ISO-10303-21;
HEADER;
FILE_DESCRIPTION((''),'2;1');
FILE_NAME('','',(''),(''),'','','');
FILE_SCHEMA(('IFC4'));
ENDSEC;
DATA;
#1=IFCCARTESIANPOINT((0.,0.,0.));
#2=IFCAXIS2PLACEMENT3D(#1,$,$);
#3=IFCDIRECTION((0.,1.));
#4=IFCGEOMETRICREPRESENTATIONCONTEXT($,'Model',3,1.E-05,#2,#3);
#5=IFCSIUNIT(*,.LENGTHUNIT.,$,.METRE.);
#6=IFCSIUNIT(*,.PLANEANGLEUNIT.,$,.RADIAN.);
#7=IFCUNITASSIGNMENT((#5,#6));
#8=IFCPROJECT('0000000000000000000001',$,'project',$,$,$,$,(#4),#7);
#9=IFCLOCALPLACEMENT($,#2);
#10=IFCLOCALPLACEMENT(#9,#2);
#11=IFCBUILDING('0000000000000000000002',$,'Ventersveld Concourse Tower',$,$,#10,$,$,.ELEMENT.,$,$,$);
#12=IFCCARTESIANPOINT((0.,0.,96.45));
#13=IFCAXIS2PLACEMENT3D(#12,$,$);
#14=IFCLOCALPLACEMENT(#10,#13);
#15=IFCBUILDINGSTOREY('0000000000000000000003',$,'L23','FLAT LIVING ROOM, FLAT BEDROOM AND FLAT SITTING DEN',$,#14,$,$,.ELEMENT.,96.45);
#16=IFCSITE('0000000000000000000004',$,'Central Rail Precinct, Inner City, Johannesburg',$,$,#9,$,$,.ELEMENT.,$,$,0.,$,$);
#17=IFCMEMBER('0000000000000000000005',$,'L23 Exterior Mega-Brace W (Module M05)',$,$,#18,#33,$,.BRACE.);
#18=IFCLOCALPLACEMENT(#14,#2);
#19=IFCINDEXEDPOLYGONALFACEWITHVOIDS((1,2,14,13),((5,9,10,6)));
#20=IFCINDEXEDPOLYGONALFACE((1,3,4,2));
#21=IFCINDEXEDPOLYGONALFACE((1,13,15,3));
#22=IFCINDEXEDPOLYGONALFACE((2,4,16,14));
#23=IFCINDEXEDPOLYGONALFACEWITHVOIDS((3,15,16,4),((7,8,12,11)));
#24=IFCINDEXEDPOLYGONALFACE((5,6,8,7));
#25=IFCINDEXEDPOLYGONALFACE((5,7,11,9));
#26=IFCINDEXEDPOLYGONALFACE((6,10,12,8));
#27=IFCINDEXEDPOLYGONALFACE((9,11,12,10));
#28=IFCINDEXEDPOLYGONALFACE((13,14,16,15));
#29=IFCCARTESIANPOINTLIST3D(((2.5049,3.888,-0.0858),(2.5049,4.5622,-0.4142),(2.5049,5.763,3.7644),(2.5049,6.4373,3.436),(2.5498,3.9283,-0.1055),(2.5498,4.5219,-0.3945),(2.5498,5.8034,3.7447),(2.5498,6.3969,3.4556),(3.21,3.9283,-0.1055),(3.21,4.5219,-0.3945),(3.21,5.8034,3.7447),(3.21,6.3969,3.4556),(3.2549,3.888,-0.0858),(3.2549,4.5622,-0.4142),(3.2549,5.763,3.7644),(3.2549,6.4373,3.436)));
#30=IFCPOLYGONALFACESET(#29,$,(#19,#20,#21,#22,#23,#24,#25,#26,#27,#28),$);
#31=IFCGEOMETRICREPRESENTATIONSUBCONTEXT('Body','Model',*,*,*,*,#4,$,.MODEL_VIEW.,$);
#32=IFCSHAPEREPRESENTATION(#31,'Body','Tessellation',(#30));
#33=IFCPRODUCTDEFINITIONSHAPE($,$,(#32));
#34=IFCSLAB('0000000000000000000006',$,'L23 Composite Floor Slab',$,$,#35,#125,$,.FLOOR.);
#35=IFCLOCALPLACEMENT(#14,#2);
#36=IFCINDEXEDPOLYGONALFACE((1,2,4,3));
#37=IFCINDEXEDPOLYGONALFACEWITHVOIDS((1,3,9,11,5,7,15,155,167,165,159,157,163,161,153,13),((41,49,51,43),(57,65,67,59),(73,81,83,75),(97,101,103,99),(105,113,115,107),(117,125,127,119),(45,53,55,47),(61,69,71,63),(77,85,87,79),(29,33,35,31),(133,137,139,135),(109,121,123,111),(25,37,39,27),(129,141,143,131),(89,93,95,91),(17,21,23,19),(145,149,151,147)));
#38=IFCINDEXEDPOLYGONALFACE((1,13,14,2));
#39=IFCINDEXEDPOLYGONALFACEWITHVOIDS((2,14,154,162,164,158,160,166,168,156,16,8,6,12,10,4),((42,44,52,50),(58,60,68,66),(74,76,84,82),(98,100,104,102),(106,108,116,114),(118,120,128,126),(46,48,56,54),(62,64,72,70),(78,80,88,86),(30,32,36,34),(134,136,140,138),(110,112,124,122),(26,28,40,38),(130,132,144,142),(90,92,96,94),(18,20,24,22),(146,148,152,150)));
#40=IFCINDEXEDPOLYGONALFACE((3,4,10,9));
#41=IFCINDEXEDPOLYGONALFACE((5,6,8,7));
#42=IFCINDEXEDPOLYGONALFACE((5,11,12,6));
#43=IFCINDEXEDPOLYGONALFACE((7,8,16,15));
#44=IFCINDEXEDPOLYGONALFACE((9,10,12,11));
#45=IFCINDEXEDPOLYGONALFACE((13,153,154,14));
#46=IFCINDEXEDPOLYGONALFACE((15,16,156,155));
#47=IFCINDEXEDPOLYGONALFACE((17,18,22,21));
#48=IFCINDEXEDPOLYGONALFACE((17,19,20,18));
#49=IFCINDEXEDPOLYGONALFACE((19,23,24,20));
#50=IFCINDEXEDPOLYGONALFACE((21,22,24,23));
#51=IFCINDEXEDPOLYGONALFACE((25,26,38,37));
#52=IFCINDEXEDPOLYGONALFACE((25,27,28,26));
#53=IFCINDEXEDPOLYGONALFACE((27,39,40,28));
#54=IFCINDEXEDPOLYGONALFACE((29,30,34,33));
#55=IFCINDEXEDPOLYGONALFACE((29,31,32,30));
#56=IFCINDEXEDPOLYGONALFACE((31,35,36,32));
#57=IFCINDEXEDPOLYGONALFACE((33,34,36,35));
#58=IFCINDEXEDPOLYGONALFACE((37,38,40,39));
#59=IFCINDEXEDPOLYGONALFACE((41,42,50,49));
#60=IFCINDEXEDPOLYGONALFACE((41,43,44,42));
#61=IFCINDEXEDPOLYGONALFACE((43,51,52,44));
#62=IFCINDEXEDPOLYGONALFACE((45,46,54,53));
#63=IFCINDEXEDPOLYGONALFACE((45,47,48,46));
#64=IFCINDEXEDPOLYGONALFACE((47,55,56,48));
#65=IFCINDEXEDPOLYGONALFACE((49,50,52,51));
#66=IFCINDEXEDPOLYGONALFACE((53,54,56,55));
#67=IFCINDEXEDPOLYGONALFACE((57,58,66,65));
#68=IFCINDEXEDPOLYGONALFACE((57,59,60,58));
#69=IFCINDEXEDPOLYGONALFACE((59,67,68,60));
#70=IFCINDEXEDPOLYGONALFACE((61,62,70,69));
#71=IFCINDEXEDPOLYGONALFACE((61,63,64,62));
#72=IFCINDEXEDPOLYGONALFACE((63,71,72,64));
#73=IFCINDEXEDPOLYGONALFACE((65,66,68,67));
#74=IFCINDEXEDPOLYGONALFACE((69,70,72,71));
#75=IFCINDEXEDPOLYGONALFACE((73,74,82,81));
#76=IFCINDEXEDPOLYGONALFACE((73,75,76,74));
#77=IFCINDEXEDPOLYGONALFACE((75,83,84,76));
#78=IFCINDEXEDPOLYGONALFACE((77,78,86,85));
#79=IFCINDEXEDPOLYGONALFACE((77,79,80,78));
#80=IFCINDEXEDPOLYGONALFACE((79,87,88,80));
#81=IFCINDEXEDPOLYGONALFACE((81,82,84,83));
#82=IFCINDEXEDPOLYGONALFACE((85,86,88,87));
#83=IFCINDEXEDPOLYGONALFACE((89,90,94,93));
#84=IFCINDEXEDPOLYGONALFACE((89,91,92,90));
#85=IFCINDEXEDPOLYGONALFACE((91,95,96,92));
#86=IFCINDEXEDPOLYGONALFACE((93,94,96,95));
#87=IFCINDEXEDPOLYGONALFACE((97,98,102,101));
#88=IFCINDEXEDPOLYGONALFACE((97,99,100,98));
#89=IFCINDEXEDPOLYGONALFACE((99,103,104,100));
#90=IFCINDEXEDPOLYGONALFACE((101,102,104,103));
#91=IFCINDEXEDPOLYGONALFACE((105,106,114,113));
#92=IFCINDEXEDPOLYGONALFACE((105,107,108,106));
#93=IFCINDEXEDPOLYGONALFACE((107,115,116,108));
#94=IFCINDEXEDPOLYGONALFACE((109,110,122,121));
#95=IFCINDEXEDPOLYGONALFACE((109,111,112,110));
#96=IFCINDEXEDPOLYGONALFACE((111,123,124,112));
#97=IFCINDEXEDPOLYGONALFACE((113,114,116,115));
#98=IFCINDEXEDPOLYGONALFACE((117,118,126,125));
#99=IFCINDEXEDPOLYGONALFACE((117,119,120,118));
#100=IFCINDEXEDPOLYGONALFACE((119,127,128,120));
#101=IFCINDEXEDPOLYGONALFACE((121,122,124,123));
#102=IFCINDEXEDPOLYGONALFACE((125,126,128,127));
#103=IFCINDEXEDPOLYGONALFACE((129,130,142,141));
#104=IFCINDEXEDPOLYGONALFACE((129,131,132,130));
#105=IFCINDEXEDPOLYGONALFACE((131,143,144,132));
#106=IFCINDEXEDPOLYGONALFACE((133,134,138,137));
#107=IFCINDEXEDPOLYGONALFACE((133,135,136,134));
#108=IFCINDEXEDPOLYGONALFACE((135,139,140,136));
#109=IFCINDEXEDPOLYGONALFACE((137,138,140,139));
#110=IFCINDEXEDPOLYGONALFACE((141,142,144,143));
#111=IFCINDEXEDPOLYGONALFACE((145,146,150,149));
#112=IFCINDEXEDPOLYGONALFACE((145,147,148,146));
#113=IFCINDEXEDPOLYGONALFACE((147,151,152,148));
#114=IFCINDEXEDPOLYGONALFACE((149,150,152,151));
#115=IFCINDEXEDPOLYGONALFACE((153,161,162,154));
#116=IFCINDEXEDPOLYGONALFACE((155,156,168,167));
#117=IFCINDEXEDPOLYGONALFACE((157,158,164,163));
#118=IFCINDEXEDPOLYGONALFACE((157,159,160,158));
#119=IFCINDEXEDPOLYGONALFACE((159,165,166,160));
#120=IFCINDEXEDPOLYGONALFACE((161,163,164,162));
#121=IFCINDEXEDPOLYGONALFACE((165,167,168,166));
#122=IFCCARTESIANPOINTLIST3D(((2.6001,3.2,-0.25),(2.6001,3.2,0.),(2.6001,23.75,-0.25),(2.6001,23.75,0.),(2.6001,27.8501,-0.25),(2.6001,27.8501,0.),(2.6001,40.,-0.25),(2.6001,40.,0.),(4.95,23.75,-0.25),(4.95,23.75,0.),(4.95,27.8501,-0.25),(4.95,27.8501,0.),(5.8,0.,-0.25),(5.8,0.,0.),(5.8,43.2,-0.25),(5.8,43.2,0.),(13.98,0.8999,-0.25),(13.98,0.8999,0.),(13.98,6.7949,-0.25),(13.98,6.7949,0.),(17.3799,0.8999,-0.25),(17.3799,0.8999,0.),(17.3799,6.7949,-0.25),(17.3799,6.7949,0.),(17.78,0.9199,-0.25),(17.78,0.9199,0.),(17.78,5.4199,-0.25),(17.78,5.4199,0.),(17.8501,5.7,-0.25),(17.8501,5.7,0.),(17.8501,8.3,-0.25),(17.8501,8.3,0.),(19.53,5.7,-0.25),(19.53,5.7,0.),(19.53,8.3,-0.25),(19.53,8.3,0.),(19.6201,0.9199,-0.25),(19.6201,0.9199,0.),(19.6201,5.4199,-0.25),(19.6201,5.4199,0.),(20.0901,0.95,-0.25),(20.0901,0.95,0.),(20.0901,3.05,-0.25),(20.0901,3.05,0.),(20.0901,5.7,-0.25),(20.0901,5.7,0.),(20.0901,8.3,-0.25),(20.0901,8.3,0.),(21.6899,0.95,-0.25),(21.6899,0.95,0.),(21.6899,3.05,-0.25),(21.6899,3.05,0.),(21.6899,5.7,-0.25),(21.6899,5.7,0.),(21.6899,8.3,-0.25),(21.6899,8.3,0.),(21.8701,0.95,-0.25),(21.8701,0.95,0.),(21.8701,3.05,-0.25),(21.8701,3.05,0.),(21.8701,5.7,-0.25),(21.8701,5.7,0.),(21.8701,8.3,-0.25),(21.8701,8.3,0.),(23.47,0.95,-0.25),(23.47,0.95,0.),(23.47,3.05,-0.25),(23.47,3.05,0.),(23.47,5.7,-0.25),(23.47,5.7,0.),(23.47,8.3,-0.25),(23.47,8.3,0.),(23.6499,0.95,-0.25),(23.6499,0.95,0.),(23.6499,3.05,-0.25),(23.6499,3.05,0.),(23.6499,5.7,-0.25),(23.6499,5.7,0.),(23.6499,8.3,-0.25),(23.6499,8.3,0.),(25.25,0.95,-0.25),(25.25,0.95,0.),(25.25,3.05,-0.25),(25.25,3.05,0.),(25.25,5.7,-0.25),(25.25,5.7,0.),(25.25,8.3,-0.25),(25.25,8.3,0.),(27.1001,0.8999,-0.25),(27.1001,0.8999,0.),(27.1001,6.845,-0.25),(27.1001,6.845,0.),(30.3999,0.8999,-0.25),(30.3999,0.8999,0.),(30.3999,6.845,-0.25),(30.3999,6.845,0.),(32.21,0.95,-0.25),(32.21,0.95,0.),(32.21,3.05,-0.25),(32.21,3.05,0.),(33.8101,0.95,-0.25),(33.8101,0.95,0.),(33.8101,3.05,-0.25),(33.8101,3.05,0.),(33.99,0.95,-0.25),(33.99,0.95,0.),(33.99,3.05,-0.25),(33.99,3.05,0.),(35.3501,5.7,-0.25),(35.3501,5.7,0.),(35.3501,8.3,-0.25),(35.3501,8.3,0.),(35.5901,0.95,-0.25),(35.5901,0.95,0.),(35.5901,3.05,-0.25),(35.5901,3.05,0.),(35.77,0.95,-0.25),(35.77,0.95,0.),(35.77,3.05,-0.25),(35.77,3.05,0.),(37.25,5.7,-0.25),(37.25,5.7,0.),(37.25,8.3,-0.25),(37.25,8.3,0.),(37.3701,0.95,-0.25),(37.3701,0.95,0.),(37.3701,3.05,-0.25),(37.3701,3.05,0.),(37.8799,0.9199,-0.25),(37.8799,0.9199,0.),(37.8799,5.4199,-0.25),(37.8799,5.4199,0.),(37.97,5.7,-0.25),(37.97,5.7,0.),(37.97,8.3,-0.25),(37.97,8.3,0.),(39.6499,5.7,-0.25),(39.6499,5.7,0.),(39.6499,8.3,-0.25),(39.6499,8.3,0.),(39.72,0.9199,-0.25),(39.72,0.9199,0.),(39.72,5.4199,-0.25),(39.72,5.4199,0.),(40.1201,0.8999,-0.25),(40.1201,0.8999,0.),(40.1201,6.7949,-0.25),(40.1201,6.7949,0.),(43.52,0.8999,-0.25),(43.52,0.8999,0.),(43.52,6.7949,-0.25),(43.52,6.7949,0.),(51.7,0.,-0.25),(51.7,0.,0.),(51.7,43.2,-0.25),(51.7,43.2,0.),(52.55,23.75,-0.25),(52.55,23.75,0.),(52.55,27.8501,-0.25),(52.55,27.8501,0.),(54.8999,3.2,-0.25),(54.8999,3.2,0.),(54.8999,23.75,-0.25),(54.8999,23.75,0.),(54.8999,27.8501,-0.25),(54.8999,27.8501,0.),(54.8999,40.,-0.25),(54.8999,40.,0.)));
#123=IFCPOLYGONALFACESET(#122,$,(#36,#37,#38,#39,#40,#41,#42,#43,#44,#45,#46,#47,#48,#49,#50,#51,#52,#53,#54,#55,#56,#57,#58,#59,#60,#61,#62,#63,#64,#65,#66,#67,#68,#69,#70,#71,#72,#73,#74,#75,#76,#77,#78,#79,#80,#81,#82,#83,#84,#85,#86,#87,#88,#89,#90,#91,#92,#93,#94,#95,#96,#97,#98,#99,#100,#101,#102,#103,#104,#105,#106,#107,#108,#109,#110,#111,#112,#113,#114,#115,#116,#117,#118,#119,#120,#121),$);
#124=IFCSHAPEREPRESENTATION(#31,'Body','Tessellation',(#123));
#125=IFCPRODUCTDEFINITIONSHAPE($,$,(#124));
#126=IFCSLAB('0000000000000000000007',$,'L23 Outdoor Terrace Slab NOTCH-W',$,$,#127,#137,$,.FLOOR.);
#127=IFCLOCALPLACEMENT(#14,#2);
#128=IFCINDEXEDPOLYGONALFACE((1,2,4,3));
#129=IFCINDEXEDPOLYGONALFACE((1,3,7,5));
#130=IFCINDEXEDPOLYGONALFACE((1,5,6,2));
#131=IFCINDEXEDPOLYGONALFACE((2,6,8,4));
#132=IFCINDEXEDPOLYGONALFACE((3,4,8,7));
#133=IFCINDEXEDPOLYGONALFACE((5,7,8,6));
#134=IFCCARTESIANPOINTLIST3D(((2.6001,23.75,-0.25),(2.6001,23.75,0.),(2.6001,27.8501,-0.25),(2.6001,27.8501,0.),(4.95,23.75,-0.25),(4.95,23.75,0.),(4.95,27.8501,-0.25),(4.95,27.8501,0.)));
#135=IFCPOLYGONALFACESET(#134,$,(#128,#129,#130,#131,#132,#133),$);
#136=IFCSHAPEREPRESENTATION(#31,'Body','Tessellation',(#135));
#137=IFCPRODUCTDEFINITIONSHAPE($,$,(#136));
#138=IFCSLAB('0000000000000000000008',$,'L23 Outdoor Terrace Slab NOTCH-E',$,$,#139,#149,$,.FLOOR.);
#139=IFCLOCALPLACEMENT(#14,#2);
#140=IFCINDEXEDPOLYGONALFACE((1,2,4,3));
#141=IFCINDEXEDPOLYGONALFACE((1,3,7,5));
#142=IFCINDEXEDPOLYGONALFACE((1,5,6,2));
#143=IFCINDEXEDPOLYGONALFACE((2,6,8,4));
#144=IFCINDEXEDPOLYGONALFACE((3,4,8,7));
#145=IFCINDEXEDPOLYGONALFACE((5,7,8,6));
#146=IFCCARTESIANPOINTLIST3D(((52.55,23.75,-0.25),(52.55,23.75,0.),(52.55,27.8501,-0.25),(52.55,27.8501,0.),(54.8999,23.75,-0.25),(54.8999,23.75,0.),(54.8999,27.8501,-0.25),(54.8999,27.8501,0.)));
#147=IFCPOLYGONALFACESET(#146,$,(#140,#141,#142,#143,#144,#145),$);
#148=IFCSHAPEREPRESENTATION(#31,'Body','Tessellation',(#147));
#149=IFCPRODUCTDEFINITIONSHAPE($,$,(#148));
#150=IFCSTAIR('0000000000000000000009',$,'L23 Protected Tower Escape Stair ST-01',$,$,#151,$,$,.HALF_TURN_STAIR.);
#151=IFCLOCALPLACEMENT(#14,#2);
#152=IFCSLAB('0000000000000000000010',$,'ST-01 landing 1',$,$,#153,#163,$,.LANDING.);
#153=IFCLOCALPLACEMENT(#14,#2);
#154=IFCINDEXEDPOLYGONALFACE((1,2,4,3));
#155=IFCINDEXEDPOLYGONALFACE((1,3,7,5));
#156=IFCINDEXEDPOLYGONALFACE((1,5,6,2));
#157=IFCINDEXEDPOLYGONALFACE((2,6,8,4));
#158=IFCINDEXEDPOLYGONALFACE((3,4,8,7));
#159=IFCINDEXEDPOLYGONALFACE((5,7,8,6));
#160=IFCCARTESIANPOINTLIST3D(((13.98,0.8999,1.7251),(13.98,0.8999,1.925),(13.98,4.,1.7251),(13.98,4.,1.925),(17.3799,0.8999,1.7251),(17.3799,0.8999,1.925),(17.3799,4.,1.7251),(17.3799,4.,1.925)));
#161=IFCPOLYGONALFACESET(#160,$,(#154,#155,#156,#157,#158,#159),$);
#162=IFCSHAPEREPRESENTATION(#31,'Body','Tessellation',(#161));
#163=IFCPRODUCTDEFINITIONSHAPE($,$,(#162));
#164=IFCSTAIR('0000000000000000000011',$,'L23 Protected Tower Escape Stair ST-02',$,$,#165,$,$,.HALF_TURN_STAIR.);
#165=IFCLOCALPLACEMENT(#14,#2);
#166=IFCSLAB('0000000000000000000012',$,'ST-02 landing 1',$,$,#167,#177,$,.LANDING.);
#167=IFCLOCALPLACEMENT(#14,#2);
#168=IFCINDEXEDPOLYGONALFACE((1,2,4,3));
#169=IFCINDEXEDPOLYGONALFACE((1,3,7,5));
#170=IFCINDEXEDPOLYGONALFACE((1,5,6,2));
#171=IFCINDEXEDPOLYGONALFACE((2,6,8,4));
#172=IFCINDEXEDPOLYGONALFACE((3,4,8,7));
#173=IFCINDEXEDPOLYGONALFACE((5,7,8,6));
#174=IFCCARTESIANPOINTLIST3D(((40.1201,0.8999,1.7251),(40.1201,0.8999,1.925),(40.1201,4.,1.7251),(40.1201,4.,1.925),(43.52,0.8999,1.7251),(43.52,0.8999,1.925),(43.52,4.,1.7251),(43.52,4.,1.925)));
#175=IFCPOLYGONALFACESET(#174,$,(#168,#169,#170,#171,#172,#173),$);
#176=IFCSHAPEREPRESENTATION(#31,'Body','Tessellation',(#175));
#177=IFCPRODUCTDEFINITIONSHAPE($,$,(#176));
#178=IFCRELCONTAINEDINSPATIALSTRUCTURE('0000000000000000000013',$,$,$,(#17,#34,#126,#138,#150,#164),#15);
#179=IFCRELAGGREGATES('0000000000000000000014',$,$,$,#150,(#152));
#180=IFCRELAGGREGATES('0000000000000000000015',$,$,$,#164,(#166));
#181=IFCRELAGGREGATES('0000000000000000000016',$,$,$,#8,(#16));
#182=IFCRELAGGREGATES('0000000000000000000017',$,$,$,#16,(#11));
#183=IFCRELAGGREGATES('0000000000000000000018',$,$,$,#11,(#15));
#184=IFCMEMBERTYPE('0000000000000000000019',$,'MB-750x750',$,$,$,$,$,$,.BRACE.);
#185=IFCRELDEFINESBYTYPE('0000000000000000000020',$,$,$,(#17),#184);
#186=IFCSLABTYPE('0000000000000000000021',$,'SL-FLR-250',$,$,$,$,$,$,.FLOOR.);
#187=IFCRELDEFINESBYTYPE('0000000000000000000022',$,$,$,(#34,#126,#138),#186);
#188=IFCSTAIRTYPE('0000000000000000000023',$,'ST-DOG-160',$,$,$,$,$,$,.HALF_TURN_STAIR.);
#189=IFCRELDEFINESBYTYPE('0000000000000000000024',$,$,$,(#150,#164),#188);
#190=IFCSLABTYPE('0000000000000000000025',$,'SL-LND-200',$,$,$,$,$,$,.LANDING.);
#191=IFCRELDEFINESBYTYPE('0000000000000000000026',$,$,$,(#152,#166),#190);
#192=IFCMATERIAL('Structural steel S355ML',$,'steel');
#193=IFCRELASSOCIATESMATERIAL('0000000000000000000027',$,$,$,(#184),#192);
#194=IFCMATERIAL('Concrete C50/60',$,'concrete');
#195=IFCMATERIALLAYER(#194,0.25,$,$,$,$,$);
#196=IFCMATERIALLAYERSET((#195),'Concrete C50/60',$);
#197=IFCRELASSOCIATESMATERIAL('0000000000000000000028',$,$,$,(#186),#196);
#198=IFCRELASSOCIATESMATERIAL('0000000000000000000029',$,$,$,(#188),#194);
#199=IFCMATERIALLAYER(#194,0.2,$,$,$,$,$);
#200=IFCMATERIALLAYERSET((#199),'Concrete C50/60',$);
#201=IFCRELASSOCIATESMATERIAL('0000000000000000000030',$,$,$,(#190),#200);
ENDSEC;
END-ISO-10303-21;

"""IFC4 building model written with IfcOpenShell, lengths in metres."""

from ifc_helpers import new_model, si_unit, direction, frame, origin, origin_2d, place, context, subcontext, project, spatial, polyline, hollow_rectangle, outline, extrude, material, layer, layer_set, material_profile, profile_set, type_object, element, aggregate, save


model = new_model("IFC4")

# Units and contexts
model_context = context("Model", 3, precision=1e-05, world=origin(), true_north=direction((0.0, 1.0)))
body_context = subcontext(model_context, "Body", "Model", "MODEL_VIEW")
ifc_project = project(units=[si_unit("LENGTHUNIT", "METRE"), si_unit("PLANEANGLEUNIT", "RADIAN")], contexts=[model_context])

# Site, building, storey
site_placement = place(None, origin())
site = spatial("IfcSite", under=ifc_project, at=site_placement, Name="Central Rail Precinct, Inner City, Johannesburg", CompositionType="ELEMENT", RefElevation=0.0)
building_placement = place(site_placement, origin())
building = spatial("IfcBuilding", under=site, at=building_placement, Name="Ventersveld Concourse Tower", CompositionType="ELEMENT")
storey_placement = place(building_placement, frame((0.0, 0.0, 96.45)))
storey = spatial("IfcBuildingStorey", under=building, at=storey_placement, Name="L23", Description="FLAT LIVING ROOM, FLAT BEDROOM AND FLAT SITTING DEN", CompositionType="ELEMENT", Elevation=96.45)

# Member
ifc_material_1 = material(Name="Structural steel S355ML", Category="steel")
ifc_material_profile = material_profile(ifc_material_1, hollow_rectangle(XDim=0.75, YDim=0.75, WallThickness=0.0449, at=origin_2d()), Name="BOX 750x750x45")
ifc_profile_set = profile_set([ifc_material_profile], Name="Structural steel S355ML")
member_type = type_object("IfcMemberType", Name="MB-750x750", PredefinedType="BRACE", material=ifc_profile_set)
member_placement = place(storey_placement, frame((2.8799, 4.2251, -0.25), z_axis=(0.0, 0.437839, 0.899053), x_axis=(-1.0, 0.0, 0.0)))
element("IfcMember", 1, at=member_placement, inside=storey, type_object=member_type, Name="L23 Exterior Mega-Brace W (Module M05)", PredefinedType="BRACE", context=body_context, shape_type="SweptSolid", body=[
    extrude(hollow_rectangle(XDim=0.75, YDim=0.75, WallThickness=0.0449, at=origin_2d()), origin(), (0.0, 0.0, 1.0), 4.2825),
])

# Slabs
ifc_material_2 = material(Name="Concrete C50/60", Category="concrete")
ifc_layer_1 = layer(ifc_material_2, 0.25)
ifc_layer_set_1 = layer_set([ifc_layer_1], Name="Concrete C50/60")
slab_type_1 = type_object("IfcSlabType", Name="SL-FLR-250", PredefinedType="FLOOR", material=ifc_layer_set_1)
slab_1_placement = place(storey_placement, frame((0.0, 0.0, -0.25)))
element("IfcSlab", 2, at=slab_1_placement, inside=storey, type_object=slab_type_1, Name="L23 Composite Floor Slab", PredefinedType="FLOOR", context=body_context, shape_type="SweptSolid", body=[
    extrude(outline(polyline([(5.8, 0.0), (51.7, 0.0), (54.8999, 3.2), (54.8999, 23.75), (52.55, 23.75), (52.55, 27.8501), (54.8999, 27.8501), (54.8999, 40.0), (51.7, 43.2), (5.8, 43.2), (2.6001, 40.0), (2.6001, 27.8501), (4.95, 27.8501), (4.95, 23.75), (2.6001, 23.75), (2.6001, 3.2), (5.8, 0.0)]), holes=[polyline([(13.98, 6.7949), (13.98, 0.8999), (17.3799, 0.8999), (17.3799, 6.7949), (13.98, 6.7949)]), polyline([(40.1201, 6.7949), (40.1201, 0.8999), (43.52, 0.8999), (43.52, 6.7949), (40.1201, 6.7949)]), polyline([(27.1001, 6.845), (27.1001, 0.8999), (30.3999, 0.8999), (30.3999, 6.845), (27.1001, 6.845)]), polyline([(17.8501, 5.7), (19.53, 5.7), (19.53, 8.3), (17.8501, 8.3), (17.8501, 5.7)]), polyline([(37.97, 5.7), (39.6499, 5.7), (39.6499, 8.3), (37.97, 8.3), (37.97, 5.7)]), polyline([(35.3501, 5.7), (37.25, 5.7), (37.25, 8.3), (35.3501, 8.3), (35.3501, 5.7)]), polyline([(20.0901, 0.95), (21.6899, 0.95), (21.6899, 3.05), (20.0901, 3.05), (20.0901, 0.95)]), polyline([(21.8701, 0.95), (23.47, 0.95), (23.47, 3.05), (21.8701, 3.05), (21.8701, 0.95)]), polyline([(23.6499, 0.95), (25.25, 0.95), (25.25, 3.05), (23.6499, 3.05), (23.6499, 0.95)]), polyline([(32.21, 0.95), (33.8101, 0.95), (33.8101, 3.05), (32.21, 3.05), (32.21, 0.95)]), polyline([(33.99, 0.95), (35.5901, 0.95), (35.5901, 3.05), (33.99, 3.05), (33.99, 0.95)]), polyline([(35.77, 0.95), (37.3701, 0.95), (37.3701, 3.05), (35.77, 3.05), (35.77, 0.95)]), polyline([(20.0901, 5.7), (21.6899, 5.7), (21.6899, 8.3), (20.0901, 8.3), (20.0901, 5.7)]), polyline([(21.8701, 5.7), (23.47, 5.7), (23.47, 8.3), (21.8701, 8.3), (21.8701, 5.7)]), polyline([(23.6499, 5.7), (25.25, 5.7), (25.25, 8.3), (23.6499, 8.3), (23.6499, 5.7)]), polyline([(17.78, 0.9199), (19.6201, 0.9199), (19.6201, 5.4199), (17.78, 5.4199), (17.78, 0.9199)]), polyline([(37.8799, 0.9199), (39.72, 0.9199), (39.72, 5.4199), (37.8799, 5.4199), (37.8799, 0.9199)])]), origin(), (0.0, 0.0, 1.0), 0.25),
])
slab_2_placement = place(storey_placement, frame((0.0, 0.0, -0.25)))
element("IfcSlab", 3, at=slab_2_placement, inside=storey, type_object=slab_type_1, Name="L23 Outdoor Terrace Slab NOTCH-W", PredefinedType="FLOOR", context=body_context, shape_type="SweptSolid", body=[
    extrude(outline(polyline([(2.6001, 23.75), (4.95, 23.75), (4.95, 27.8501), (2.6001, 27.8501), (2.6001, 23.75)])), origin(), (0.0, 0.0, 1.0), 0.25),
])
slab_3_placement = place(storey_placement, frame((0.0, 0.0, -0.25)))
element("IfcSlab", 4, at=slab_3_placement, inside=storey, type_object=slab_type_1, Name="L23 Outdoor Terrace Slab NOTCH-E", PredefinedType="FLOOR", context=body_context, shape_type="SweptSolid", body=[
    extrude(outline(polyline([(52.55, 23.75), (54.8999, 23.75), (54.8999, 27.8501), (52.55, 27.8501), (52.55, 23.75)])), origin(), (0.0, 0.0, 1.0), 0.25),
])

# Stairs, slabs
stair_type_1 = type_object("IfcStairType", Name="ST-DOG-160", PredefinedType="HALF_TURN_STAIR", material=ifc_material_2)
stair_1_placement = place(storey_placement, origin())
stair_1 = element("IfcStair", 5, at=stair_1_placement, inside=storey, type_object=stair_type_1, Name="L23 Protected Tower Escape Stair ST-01", PredefinedType="HALF_TURN_STAIR")
ifc_layer_2 = layer(ifc_material_2, 0.2)
ifc_layer_set_2 = layer_set([ifc_layer_2], Name="Concrete C50/60")
slab_type_2 = type_object("IfcSlabType", Name="SL-LND-200", PredefinedType="LANDING", material=ifc_layer_set_2)
slab_4_placement = place(storey_placement, frame((0.0, 0.0, 1.7251)))
slab_4 = element("IfcSlab", 6, at=slab_4_placement, type_object=slab_type_2, Name="ST-01 landing 1", PredefinedType="LANDING", context=body_context, shape_type="SweptSolid", body=[
    extrude(outline(polyline([(13.98, 4.0), (13.98, 0.8999), (17.3799, 0.8999), (17.3799, 4.0), (13.98, 4.0)])), origin(), (0.0, 0.0, 1.0), 0.2),
])
aggregate(stair_1, [slab_4])
stair_2_placement = place(storey_placement, origin())
stair_2 = element("IfcStair", 7, at=stair_2_placement, inside=storey, type_object=stair_type_1, Name="L23 Protected Tower Escape Stair ST-02", PredefinedType="HALF_TURN_STAIR")
slab_5_placement = place(storey_placement, frame((0.0, 0.0, 1.7251)))
slab_5 = element("IfcSlab", 8, at=slab_5_placement, type_object=slab_type_2, Name="ST-02 landing 1", PredefinedType="LANDING", context=body_context, shape_type="SweptSolid", body=[
    extrude(outline(polyline([(40.1201, 4.0), (40.1201, 0.8999), (43.52, 0.8999), (43.52, 4.0), (40.1201, 4.0)])), origin(), (0.0, 0.0, 1.0), 0.2),
])
aggregate(stair_2, [slab_5])

save(model, "model.ifc")
